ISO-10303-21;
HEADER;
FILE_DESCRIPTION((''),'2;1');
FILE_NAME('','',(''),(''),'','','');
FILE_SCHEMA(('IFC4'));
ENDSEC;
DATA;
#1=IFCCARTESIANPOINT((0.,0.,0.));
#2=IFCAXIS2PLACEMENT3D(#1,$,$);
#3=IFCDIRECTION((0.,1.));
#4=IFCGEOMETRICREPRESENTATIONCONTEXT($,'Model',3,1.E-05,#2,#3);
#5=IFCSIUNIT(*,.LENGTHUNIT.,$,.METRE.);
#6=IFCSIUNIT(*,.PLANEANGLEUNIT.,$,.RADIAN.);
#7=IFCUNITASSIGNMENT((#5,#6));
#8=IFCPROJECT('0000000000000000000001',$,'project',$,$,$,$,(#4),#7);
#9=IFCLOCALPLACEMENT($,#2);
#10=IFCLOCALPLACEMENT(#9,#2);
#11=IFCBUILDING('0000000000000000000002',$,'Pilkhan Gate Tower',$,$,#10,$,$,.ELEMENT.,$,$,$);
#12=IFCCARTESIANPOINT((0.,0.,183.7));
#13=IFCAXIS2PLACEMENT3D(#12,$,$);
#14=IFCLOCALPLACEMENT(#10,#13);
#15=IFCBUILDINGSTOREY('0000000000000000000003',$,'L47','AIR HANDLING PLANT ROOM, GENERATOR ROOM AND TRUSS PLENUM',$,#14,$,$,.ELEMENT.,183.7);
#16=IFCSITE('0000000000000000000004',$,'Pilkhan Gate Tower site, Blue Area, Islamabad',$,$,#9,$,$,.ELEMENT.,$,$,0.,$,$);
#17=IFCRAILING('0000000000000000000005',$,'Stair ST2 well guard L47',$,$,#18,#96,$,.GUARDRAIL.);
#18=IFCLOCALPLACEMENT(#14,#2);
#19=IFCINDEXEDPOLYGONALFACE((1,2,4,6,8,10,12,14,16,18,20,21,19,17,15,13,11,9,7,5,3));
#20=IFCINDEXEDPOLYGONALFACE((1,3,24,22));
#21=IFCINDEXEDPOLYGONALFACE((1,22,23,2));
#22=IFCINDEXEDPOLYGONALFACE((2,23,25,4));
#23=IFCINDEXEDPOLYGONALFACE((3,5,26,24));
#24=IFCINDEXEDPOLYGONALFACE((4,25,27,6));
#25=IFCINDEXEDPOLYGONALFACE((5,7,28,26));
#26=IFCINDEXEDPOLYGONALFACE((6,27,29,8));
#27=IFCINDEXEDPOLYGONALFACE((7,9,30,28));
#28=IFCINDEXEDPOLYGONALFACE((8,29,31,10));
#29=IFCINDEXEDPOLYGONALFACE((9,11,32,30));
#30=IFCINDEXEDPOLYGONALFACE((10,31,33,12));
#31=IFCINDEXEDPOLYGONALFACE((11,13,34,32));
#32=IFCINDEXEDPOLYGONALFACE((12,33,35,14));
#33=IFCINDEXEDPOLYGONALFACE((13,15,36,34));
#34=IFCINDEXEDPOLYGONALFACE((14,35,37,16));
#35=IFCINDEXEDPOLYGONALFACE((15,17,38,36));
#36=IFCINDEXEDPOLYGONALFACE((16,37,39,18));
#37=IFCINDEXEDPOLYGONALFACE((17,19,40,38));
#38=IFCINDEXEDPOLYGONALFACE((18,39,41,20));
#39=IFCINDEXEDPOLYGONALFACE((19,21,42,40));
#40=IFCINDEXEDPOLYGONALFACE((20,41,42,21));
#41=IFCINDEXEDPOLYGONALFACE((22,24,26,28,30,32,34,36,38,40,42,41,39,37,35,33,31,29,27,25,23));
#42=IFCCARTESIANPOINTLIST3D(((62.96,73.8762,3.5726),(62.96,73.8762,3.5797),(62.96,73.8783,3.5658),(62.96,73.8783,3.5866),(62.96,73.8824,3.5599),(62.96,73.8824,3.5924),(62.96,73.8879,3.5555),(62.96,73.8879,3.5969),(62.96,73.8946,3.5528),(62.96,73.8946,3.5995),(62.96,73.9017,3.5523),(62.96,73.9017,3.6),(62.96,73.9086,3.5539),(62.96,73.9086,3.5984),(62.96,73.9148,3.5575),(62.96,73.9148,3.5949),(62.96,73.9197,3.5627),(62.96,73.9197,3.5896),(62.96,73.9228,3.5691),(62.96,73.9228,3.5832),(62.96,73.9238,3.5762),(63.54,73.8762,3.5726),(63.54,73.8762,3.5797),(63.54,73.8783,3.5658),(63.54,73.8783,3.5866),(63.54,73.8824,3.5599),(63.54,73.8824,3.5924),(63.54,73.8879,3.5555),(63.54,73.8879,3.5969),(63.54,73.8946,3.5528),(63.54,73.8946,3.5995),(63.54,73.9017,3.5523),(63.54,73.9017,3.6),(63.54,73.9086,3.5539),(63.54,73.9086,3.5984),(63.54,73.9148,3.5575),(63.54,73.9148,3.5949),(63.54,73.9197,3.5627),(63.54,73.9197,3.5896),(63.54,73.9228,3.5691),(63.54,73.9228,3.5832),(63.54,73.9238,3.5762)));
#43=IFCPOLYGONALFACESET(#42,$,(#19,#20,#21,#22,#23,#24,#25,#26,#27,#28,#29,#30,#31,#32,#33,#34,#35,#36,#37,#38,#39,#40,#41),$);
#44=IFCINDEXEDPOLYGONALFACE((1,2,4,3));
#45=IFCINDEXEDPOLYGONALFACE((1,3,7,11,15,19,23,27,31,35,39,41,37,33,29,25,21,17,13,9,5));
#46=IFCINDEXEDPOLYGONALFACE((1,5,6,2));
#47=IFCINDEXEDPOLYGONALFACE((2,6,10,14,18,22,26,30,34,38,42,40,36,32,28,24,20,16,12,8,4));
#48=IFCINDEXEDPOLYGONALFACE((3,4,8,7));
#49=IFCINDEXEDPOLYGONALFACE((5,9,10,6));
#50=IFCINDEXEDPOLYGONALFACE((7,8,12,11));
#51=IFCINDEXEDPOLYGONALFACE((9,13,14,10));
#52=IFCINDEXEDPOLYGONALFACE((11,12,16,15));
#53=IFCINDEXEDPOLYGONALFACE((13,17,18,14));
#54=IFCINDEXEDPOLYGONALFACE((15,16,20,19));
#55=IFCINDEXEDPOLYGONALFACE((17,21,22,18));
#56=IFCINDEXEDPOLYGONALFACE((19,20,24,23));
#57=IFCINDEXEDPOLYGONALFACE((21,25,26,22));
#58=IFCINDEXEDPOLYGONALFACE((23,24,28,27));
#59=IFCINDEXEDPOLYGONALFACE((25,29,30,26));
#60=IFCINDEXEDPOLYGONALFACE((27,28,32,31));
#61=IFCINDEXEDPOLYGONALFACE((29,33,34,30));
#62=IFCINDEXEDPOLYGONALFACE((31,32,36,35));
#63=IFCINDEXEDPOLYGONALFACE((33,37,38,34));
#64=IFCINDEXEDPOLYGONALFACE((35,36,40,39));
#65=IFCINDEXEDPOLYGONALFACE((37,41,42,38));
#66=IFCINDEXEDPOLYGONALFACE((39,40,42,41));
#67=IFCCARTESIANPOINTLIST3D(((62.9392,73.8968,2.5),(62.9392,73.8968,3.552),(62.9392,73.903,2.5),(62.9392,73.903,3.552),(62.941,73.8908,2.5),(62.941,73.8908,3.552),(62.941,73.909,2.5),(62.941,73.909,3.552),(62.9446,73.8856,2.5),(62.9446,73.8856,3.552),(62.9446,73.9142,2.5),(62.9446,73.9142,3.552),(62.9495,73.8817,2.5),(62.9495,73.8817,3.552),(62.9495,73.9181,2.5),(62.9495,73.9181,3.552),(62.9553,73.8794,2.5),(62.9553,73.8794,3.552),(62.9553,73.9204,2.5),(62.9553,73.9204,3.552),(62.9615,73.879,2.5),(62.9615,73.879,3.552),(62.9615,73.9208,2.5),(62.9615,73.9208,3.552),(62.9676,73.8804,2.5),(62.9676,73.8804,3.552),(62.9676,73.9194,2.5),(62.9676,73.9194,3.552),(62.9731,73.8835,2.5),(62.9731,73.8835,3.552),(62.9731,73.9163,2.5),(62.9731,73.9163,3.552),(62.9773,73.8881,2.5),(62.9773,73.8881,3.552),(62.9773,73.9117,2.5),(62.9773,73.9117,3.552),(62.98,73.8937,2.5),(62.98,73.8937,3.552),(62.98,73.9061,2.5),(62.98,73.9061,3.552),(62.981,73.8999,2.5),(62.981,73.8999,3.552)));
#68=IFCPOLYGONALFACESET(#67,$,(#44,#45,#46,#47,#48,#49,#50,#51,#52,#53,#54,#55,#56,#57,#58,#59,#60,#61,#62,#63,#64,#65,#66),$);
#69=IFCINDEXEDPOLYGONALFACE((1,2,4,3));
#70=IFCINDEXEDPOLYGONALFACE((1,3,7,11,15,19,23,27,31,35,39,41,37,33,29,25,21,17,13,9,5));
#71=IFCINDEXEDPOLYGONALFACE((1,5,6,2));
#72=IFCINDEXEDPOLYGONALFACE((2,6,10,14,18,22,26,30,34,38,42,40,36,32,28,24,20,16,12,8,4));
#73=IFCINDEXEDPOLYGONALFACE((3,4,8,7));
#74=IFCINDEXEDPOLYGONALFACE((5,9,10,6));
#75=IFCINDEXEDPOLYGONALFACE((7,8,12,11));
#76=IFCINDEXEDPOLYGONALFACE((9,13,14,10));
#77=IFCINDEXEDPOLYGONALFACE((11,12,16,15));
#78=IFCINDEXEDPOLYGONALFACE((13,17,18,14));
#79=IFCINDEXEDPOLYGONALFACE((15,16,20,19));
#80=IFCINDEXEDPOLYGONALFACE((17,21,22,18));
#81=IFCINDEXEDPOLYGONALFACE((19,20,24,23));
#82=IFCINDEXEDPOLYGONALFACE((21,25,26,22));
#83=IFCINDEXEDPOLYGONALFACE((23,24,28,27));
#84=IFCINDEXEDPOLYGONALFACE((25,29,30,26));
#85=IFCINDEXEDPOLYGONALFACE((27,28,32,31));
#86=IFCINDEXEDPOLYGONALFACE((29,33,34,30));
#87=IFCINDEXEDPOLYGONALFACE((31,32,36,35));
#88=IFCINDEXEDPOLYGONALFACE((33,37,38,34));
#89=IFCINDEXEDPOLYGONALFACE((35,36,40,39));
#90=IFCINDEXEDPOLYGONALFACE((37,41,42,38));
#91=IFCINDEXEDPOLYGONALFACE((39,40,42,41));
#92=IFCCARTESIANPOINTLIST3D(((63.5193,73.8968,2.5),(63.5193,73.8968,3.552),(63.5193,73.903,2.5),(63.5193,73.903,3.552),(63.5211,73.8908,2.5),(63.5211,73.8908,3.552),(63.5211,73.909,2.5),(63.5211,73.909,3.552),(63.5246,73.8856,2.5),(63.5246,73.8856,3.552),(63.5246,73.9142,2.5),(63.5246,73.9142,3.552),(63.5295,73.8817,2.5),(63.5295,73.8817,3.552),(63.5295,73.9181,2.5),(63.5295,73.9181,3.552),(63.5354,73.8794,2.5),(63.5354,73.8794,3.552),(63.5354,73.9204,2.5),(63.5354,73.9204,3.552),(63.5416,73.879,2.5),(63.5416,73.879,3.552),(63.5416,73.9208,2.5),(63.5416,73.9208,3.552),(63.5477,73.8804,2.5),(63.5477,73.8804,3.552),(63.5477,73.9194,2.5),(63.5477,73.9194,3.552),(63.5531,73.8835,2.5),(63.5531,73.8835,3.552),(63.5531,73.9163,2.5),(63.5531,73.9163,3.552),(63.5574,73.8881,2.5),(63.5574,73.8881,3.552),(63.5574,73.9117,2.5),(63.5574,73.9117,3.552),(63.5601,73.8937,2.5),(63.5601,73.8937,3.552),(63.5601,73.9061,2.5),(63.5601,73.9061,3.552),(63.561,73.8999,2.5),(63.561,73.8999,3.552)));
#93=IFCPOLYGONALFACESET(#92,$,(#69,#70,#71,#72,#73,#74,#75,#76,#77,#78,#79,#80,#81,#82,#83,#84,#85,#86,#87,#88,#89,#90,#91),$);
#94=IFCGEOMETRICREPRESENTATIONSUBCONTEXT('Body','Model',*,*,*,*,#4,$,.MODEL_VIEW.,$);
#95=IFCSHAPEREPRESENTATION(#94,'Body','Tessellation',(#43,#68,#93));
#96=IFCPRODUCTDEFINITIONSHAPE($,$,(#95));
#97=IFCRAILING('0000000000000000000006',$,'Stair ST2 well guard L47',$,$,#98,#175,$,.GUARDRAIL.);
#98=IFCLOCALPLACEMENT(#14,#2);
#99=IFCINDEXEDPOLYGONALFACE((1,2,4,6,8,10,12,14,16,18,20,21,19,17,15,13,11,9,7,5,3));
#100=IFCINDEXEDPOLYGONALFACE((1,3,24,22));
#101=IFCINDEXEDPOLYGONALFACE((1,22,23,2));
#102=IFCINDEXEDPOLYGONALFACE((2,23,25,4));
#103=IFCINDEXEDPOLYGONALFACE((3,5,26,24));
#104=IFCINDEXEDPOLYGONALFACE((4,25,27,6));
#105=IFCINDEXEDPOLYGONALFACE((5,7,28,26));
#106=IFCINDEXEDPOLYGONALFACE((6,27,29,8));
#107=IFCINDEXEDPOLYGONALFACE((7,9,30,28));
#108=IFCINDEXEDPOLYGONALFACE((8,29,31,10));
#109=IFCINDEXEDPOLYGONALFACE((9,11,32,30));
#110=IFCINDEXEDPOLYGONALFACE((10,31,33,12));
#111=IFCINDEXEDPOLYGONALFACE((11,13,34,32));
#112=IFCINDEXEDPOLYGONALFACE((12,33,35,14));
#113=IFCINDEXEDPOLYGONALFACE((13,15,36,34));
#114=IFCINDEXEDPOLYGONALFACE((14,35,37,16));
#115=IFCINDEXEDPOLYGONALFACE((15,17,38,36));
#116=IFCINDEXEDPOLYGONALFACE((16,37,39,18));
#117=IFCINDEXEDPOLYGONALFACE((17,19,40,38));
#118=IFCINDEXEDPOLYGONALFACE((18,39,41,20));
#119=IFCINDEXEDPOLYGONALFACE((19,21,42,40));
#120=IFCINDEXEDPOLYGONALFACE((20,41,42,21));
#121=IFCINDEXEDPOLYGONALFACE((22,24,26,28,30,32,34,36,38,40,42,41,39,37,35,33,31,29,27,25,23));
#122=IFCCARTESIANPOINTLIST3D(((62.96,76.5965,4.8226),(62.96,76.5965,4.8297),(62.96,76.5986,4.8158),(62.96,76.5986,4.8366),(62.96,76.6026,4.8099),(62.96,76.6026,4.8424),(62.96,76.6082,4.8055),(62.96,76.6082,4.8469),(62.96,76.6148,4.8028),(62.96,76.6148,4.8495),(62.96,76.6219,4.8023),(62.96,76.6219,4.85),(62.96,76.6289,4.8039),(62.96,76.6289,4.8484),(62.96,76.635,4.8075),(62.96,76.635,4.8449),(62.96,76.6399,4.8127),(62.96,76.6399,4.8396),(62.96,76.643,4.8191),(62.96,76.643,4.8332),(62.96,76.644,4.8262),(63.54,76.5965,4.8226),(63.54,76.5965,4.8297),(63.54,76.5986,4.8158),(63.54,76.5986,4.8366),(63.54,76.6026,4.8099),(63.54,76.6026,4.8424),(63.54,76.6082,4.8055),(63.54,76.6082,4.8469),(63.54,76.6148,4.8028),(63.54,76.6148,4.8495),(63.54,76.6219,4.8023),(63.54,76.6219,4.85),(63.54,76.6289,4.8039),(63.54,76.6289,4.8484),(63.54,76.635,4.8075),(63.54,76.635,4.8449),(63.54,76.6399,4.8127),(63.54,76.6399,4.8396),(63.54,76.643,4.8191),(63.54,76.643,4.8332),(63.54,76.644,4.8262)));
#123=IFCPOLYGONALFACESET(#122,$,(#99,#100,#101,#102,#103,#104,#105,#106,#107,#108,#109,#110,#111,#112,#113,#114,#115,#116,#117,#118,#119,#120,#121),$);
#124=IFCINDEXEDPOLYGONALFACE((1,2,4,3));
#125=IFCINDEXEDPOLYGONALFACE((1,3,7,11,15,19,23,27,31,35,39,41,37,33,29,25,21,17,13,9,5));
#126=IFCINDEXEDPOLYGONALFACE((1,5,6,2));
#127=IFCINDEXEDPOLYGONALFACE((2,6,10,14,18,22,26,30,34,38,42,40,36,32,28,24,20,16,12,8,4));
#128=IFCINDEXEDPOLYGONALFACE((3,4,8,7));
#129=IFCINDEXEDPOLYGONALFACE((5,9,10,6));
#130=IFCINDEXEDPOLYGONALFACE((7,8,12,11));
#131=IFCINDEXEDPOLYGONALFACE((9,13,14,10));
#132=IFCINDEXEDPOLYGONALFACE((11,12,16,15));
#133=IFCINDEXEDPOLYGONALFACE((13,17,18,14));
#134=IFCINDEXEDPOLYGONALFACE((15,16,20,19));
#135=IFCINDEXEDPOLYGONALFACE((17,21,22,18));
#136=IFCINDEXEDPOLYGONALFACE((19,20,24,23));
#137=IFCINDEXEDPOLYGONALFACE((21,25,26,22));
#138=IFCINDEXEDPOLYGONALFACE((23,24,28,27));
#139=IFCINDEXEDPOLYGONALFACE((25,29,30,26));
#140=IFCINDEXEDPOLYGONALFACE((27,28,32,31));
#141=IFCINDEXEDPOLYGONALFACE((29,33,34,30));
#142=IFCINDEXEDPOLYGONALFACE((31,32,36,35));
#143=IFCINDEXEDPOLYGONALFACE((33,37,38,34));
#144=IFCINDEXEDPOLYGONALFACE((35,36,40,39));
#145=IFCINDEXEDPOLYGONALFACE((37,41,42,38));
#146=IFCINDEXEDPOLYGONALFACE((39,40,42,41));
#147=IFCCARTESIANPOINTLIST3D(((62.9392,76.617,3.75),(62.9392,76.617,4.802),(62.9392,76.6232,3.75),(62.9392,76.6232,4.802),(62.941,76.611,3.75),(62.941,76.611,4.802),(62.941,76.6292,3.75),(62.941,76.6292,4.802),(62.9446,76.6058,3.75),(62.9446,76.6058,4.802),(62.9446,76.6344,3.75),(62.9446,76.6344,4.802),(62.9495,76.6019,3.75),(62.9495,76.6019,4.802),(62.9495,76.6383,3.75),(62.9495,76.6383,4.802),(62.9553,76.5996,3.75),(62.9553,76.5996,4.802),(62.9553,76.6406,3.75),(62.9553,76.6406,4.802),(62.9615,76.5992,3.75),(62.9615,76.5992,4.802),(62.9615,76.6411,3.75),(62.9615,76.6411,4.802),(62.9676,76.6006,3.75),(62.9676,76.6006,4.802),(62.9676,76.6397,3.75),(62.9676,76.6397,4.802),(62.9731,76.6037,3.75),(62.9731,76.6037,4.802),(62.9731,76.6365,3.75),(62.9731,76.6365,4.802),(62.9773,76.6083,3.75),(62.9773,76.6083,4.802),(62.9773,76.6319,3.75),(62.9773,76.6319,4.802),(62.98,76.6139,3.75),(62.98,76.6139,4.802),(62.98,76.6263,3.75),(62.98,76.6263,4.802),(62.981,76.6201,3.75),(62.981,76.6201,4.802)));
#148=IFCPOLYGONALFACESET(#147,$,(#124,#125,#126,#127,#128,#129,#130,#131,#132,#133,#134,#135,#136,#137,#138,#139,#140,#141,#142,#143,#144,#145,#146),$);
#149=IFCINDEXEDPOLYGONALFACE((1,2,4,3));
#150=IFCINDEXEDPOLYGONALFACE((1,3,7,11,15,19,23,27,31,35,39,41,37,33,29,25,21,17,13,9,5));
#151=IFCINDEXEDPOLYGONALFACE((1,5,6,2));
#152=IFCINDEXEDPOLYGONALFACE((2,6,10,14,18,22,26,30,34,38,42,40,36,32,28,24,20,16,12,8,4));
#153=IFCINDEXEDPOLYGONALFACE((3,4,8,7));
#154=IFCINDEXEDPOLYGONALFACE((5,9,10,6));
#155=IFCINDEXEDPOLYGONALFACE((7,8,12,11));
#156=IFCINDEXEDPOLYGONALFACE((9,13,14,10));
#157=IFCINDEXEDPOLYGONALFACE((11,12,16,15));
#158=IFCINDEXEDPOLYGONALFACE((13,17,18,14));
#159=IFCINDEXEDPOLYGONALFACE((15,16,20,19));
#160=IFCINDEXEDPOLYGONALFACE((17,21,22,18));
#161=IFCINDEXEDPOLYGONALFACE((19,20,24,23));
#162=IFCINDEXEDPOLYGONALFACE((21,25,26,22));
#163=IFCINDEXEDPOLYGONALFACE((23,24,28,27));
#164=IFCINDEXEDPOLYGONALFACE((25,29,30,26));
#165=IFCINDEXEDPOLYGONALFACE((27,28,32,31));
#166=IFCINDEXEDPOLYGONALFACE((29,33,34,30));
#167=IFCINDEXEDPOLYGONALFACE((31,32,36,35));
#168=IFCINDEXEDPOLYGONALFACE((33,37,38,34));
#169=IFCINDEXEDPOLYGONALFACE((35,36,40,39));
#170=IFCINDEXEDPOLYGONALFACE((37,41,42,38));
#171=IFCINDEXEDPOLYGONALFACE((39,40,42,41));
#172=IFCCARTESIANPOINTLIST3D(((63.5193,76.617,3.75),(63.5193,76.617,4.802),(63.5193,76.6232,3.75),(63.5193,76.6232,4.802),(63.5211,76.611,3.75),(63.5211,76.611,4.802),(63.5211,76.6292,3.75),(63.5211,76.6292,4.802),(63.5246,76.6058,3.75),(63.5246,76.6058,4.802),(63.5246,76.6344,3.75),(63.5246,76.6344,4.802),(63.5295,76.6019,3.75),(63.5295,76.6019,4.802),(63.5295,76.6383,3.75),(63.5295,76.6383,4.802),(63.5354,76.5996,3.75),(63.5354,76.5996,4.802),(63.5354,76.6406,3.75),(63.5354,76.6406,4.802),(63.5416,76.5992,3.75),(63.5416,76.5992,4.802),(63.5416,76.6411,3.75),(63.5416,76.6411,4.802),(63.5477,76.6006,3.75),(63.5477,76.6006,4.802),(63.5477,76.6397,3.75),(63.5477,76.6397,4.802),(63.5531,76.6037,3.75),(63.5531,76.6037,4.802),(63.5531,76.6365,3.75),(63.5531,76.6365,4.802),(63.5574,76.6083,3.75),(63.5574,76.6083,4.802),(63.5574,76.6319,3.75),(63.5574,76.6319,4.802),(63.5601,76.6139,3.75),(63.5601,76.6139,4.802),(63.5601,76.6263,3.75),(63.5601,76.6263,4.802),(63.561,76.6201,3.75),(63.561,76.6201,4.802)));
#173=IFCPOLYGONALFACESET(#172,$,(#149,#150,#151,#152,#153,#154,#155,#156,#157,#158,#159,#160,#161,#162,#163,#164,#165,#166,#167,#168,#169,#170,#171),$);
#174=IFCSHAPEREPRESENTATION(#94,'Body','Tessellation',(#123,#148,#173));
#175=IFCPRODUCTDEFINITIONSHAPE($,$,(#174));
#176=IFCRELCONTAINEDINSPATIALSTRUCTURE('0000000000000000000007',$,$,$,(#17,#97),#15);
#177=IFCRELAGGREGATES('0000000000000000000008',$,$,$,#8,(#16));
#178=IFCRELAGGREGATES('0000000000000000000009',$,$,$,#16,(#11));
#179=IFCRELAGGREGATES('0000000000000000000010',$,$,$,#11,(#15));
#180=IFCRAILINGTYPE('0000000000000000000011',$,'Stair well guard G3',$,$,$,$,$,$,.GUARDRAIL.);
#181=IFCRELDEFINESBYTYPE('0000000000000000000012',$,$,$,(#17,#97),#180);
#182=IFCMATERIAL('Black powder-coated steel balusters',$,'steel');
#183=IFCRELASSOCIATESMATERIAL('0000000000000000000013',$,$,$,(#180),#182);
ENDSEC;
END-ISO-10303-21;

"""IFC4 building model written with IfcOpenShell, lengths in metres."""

from ifc_helpers import new_model, si_unit, direction, frame, origin, origin_2d, place, context, subcontext, project, spatial, circle, extrude, material, type_object, element, save


model = new_model("IFC4")

# Units and contexts
model_context = context("Model", 3, precision=1e-05, world=origin(), true_north=direction((0.0, 1.0)))
body_context = subcontext(model_context, "Body", "Model", "MODEL_VIEW")
ifc_project = project(units=[si_unit("LENGTHUNIT", "METRE"), si_unit("PLANEANGLEUNIT", "RADIAN")], contexts=[model_context])

# Site, building, storey
site_placement = place(None, origin())
site = spatial("IfcSite", under=ifc_project, at=site_placement, Name="Pilkhan Gate Tower site, Blue Area, Islamabad", CompositionType="ELEMENT", RefElevation=0.0)
building_placement = place(site_placement, origin())
building = spatial("IfcBuilding", under=site, at=building_placement, Name="Pilkhan Gate Tower", CompositionType="ELEMENT")
storey_placement = place(building_placement, frame((0.0, 0.0, 183.7)))
storey = spatial("IfcBuildingStorey", under=building, at=storey_placement, Name="L47", Description="AIR HANDLING PLANT ROOM, GENERATOR ROOM AND TRUSS PLENUM", CompositionType="ELEMENT", Elevation=183.7)

# Railings
ifc_material_1 = material(Name="Black powder-coated steel balusters", Category="steel")
railing_type_1 = type_object("IfcRailingType", Name="Stair well guard G3", PredefinedType="GUARDRAIL", material=ifc_material_1)
for number, where, name in (
    (1, (62.96, 73.8999, 2.5), "Stair ST2 well guard L47"),
    (2, (62.96, 76.6201, 3.75), "Stair ST2 well guard L47"),
):
    element("IfcRailing", number, at=place(storey_placement, frame(where)), inside=storey, type_object=railing_type_1, Name=name, PredefinedType="GUARDRAIL", context=body_context, shape_type="SweptSolid", body=[
        extrude(circle(Radius=0.0239, at=origin_2d()), frame((0.0, 0.0, 1.0762), z_axis=(1.0, 0.0, 0.0), x_axis=(0.0, 1.0, 0.0)), (0.0, 0.0, 1.0), 0.5801),
        extrude(circle(Radius=0.021, at=origin_2d()), origin(), (0.0, 0.0, 1.0), 1.052),
        extrude(circle(Radius=0.021, at=origin_2d()), frame((0.5801, 0.0, 0.0)), (0.0, 0.0, 1.0), 1.052),
    ])

save(model, "model.ifc")
